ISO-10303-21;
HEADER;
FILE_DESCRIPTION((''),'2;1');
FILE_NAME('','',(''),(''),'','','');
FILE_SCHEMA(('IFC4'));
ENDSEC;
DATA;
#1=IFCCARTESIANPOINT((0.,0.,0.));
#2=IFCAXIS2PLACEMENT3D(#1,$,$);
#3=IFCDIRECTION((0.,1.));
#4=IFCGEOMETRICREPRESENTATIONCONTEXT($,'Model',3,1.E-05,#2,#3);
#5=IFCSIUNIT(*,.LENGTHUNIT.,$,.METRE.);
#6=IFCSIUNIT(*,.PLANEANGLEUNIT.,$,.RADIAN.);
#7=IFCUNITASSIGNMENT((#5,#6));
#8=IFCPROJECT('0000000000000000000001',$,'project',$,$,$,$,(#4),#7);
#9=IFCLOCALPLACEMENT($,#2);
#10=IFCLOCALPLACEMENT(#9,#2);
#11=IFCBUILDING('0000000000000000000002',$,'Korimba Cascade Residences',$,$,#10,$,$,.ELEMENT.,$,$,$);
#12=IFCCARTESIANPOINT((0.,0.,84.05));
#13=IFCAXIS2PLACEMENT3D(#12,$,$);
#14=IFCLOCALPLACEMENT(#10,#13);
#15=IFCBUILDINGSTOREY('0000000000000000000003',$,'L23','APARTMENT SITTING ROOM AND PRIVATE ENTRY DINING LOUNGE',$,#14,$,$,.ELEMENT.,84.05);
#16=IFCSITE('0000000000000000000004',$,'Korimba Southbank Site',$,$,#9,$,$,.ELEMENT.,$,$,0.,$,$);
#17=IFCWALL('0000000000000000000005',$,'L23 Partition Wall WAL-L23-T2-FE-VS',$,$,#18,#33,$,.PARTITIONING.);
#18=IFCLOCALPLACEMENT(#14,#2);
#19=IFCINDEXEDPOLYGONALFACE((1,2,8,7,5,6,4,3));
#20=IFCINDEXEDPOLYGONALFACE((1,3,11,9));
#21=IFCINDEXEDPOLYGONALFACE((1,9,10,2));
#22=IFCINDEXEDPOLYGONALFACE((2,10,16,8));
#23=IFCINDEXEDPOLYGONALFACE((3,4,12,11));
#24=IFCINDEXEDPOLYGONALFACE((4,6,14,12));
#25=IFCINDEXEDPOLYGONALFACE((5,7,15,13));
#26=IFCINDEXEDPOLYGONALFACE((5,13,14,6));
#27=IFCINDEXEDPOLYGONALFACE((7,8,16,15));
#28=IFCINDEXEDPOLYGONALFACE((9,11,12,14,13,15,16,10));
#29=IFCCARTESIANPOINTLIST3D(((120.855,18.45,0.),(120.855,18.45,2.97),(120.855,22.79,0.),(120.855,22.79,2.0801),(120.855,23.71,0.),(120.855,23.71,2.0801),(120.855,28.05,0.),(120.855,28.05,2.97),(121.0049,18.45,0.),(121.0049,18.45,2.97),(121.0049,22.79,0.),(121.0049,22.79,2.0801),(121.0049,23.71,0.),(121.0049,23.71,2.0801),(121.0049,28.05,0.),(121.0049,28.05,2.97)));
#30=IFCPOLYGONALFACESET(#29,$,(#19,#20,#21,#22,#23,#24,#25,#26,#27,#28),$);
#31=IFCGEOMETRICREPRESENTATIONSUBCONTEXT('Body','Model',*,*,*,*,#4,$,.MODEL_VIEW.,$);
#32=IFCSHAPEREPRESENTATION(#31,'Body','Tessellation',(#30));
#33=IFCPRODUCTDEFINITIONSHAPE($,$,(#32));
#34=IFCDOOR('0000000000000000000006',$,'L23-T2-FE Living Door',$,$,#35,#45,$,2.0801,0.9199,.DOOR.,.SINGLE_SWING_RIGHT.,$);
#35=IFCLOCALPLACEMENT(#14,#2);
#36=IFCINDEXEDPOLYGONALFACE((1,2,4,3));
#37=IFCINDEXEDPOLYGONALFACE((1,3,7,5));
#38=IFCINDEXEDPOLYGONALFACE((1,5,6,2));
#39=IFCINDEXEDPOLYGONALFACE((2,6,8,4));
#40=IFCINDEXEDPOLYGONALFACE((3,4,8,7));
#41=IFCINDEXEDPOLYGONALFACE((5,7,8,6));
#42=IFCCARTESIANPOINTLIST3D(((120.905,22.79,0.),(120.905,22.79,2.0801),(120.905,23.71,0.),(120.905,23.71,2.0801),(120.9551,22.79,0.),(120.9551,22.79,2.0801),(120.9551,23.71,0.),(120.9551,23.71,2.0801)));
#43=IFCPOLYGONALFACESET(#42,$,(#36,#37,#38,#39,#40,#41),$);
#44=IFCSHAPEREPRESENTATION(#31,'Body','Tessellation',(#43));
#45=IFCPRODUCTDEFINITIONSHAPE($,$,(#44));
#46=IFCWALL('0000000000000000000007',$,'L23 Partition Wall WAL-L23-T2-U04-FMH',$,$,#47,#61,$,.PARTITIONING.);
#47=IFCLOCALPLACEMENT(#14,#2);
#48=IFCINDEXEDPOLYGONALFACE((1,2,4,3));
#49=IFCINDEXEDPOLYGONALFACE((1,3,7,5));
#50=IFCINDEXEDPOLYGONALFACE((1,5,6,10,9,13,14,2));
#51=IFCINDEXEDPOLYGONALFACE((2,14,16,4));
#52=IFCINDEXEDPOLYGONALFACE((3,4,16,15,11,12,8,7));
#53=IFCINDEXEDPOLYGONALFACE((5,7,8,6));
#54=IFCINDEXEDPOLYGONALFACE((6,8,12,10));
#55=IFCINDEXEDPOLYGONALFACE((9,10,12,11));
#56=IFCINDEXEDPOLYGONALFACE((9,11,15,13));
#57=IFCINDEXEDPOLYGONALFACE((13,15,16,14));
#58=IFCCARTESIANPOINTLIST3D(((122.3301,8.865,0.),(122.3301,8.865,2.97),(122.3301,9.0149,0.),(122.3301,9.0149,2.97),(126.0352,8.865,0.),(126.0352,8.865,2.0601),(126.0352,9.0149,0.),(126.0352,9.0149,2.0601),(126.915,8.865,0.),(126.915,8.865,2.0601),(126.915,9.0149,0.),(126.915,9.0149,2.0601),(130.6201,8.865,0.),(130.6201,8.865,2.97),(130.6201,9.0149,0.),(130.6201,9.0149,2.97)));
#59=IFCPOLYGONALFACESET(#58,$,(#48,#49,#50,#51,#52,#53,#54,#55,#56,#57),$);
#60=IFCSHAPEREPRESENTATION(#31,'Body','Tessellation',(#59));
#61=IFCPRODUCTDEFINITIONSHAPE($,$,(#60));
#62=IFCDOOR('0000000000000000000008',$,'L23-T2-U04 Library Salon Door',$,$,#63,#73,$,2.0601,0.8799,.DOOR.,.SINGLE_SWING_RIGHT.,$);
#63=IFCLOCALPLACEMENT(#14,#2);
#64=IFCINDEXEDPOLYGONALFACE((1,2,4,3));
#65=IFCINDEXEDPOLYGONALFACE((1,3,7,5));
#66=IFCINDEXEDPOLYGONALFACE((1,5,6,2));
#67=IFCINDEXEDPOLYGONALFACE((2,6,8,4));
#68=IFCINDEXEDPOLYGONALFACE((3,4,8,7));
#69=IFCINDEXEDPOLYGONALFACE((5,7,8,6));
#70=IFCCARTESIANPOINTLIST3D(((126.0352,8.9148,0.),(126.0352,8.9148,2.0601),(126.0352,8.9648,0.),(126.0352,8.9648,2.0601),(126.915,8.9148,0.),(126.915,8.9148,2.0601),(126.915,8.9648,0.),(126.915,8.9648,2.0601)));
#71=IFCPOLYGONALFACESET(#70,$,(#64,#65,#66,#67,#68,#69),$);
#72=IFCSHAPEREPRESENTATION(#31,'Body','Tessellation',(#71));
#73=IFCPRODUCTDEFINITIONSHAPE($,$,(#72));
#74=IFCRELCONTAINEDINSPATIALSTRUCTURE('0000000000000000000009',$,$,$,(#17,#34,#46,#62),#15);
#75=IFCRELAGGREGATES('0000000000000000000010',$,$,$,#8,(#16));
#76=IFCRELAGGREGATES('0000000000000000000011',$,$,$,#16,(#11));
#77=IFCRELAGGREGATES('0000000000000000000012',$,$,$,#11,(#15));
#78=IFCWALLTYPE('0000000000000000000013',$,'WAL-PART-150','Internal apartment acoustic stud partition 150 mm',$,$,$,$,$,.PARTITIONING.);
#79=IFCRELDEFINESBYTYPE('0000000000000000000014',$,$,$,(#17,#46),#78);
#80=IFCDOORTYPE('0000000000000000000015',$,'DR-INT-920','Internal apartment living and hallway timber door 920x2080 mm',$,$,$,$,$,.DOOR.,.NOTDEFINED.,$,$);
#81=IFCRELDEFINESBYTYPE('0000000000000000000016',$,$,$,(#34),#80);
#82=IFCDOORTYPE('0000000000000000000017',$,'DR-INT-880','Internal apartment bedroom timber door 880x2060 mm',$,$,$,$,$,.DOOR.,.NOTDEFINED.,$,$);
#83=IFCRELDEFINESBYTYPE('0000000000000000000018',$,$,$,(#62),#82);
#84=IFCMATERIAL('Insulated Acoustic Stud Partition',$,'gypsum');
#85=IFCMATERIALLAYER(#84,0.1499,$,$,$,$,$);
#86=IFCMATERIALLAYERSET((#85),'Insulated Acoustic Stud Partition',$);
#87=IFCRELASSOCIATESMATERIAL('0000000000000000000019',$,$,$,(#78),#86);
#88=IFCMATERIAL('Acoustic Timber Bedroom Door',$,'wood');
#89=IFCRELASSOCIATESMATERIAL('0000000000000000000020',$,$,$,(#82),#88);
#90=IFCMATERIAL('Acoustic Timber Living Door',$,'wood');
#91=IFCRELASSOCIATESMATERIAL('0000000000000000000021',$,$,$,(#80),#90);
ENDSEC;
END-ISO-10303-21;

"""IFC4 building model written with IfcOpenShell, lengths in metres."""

from ifc_helpers import new_model, si_unit, direction, frame, frame_2d, origin, place, context, subcontext, project, spatial, rectangle, extrude, material, layer, layer_set, type_object, element, fill, save


model = new_model("IFC4")

# Units and contexts
model_context = context("Model", 3, precision=1e-05, world=origin(), true_north=direction((0.0, 1.0)))
body_context = subcontext(model_context, "Body", "Model", "MODEL_VIEW")
ifc_project = project(units=[si_unit("LENGTHUNIT", "METRE"), si_unit("PLANEANGLEUNIT", "RADIAN")], contexts=[model_context])

# Site, building, storey
site_placement = place(None, origin())
site = spatial("IfcSite", under=ifc_project, at=site_placement, Name="Korimba Southbank Site", CompositionType="ELEMENT", RefElevation=0.0)
building_placement = place(site_placement, origin())
building = spatial("IfcBuilding", under=site, at=building_placement, Name="Korimba Cascade Residences", CompositionType="ELEMENT")
storey_placement = place(building_placement, frame((0.0, 0.0, 84.05)))
storey = spatial("IfcBuildingStorey", under=building, at=storey_placement, Name="L23", Description="APARTMENT SITTING ROOM AND PRIVATE ENTRY DINING LOUNGE", CompositionType="ELEMENT", Elevation=84.05)

# Walls, openings, doors
ifc_material_1 = material(Name="Insulated Acoustic Stud Partition", Category="gypsum")
ifc_layer_1 = layer(ifc_material_1, 0.1499)
ifc_layer_set_1 = layer_set([ifc_layer_1], Name="Insulated Acoustic Stud Partition")
wall_type_1 = type_object("IfcWallType", Name="WAL-PART-150", Description="Internal apartment acoustic stud partition 150 mm", PredefinedType="PARTITIONING", material=ifc_layer_set_1)
ifc_material_2 = material(Name="Acoustic Timber Bedroom Door", Category="wood")
door_type_1 = type_object("IfcDoorType", Name="DR-INT-880", Description="Internal apartment bedroom timber door 880x2060 mm", OperationType="NOTDEFINED", PredefinedType="DOOR", material=ifc_material_2)
wall_1_placement = place(storey_placement, frame((120.9299, 18.45, 0.0), z_axis=(0.0, 0.0, 1.0), x_axis=(0.0, 1.0, 0.0)))
wall_1 = element("IfcWall", 1, at=wall_1_placement, inside=storey, type_object=wall_type_1, Name="L23 Partition Wall WAL-L23-T2-FE-VS", PredefinedType="PARTITIONING", context=body_context, shape_type="SweptSolid", body=[
    extrude(rectangle(XDim=9.6001, YDim=0.1499, at=frame_2d((4.8, 0.0))), origin(), (0.0, 0.0, 1.0), 2.97),
])
opening_1_placement = place(wall_1_placement, frame((4.3401, 0.0, 0.0)))
opening_1 = element("IfcOpeningElement", 2, at=opening_1_placement, cuts=wall_1, PredefinedType="OPENING", context=body_context, shape_type="SweptSolid", body=[
    extrude(rectangle(XDim=0.9199, YDim=2.0801, at=frame_2d((0.46, 1.04))), frame((0.0, 0.085, 0.0), z_axis=(0.0, -1.0, 0.0), x_axis=(1.0, 0.0, 0.0)), (0.0, 0.0, 1.0), 0.1699),
])
ifc_material_3 = material(Name="Acoustic Timber Living Door", Category="wood")
door_type_2 = type_object("IfcDoorType", Name="DR-INT-920", Description="Internal apartment living and hallway timber door 920x2080 mm", OperationType="NOTDEFINED", PredefinedType="DOOR", material=ifc_material_3)
door_1_placement = place(opening_1_placement, origin())
door_1 = element("IfcDoor", 3, at=door_1_placement, inside=storey, type_object=door_type_2, Name="L23-T2-FE Living Door", OperationType="SINGLE_SWING_RIGHT", OverallHeight=2.0801, OverallWidth=0.9199, PredefinedType="DOOR", context=body_context, shape_type="SweptSolid", body=[
    extrude(rectangle(XDim=0.9199, YDim=2.0801, at=frame_2d((0.46, 1.04))), frame((0.0, 0.0249, 0.0), z_axis=(0.0, -1.0, 0.0), x_axis=(1.0, 0.0, 0.0)), (0.0, 0.0, 1.0), 0.05),
])
fill(opening_1, door_1)
wall_2_placement = place(storey_placement, frame((122.3301, 8.9399, 0.0), z_axis=(0.0, 0.0, 1.0), x_axis=(1.0, 0.0, 0.0)))
wall_2 = element("IfcWall", 4, at=wall_2_placement, inside=storey, type_object=wall_type_1, Name="L23 Partition Wall WAL-L23-T2-U04-FMH", PredefinedType="PARTITIONING", context=body_context, shape_type="SweptSolid", body=[
    extrude(rectangle(XDim=8.29, YDim=0.1499, at=frame_2d((4.145, 0.0))), origin(), (0.0, 0.0, 1.0), 2.97),
])
opening_2_placement = place(wall_2_placement, frame((3.7051, 0.0, 0.0)))
opening_2 = element("IfcOpeningElement", 5, at=opening_2_placement, cuts=wall_2, PredefinedType="OPENING", context=body_context, shape_type="SweptSolid", body=[
    extrude(rectangle(XDim=0.8799, YDim=2.0601, at=frame_2d((0.4399, 1.03))), frame((0.0, 0.085, 0.0), z_axis=(0.0, -1.0, 0.0), x_axis=(1.0, 0.0, 0.0)), (0.0, 0.0, 1.0), 0.1699),
])
door_2_placement = place(opening_2_placement, origin())
door_2 = element("IfcDoor", 6, at=door_2_placement, inside=storey, type_object=door_type_1, Name="L23-T2-U04 Library Salon Door", OperationType="SINGLE_SWING_RIGHT", OverallHeight=2.0601, OverallWidth=0.8799, PredefinedType="DOOR", context=body_context, shape_type="SweptSolid", body=[
    extrude(rectangle(XDim=0.8799, YDim=2.0601, at=frame_2d((0.4399, 1.03))), frame((0.0, 0.0249, 0.0), z_axis=(0.0, -1.0, 0.0), x_axis=(1.0, 0.0, 0.0)), (0.0, 0.0, 1.0), 0.05),
])
fill(opening_2, door_2)

save(model, "model.ifc")
